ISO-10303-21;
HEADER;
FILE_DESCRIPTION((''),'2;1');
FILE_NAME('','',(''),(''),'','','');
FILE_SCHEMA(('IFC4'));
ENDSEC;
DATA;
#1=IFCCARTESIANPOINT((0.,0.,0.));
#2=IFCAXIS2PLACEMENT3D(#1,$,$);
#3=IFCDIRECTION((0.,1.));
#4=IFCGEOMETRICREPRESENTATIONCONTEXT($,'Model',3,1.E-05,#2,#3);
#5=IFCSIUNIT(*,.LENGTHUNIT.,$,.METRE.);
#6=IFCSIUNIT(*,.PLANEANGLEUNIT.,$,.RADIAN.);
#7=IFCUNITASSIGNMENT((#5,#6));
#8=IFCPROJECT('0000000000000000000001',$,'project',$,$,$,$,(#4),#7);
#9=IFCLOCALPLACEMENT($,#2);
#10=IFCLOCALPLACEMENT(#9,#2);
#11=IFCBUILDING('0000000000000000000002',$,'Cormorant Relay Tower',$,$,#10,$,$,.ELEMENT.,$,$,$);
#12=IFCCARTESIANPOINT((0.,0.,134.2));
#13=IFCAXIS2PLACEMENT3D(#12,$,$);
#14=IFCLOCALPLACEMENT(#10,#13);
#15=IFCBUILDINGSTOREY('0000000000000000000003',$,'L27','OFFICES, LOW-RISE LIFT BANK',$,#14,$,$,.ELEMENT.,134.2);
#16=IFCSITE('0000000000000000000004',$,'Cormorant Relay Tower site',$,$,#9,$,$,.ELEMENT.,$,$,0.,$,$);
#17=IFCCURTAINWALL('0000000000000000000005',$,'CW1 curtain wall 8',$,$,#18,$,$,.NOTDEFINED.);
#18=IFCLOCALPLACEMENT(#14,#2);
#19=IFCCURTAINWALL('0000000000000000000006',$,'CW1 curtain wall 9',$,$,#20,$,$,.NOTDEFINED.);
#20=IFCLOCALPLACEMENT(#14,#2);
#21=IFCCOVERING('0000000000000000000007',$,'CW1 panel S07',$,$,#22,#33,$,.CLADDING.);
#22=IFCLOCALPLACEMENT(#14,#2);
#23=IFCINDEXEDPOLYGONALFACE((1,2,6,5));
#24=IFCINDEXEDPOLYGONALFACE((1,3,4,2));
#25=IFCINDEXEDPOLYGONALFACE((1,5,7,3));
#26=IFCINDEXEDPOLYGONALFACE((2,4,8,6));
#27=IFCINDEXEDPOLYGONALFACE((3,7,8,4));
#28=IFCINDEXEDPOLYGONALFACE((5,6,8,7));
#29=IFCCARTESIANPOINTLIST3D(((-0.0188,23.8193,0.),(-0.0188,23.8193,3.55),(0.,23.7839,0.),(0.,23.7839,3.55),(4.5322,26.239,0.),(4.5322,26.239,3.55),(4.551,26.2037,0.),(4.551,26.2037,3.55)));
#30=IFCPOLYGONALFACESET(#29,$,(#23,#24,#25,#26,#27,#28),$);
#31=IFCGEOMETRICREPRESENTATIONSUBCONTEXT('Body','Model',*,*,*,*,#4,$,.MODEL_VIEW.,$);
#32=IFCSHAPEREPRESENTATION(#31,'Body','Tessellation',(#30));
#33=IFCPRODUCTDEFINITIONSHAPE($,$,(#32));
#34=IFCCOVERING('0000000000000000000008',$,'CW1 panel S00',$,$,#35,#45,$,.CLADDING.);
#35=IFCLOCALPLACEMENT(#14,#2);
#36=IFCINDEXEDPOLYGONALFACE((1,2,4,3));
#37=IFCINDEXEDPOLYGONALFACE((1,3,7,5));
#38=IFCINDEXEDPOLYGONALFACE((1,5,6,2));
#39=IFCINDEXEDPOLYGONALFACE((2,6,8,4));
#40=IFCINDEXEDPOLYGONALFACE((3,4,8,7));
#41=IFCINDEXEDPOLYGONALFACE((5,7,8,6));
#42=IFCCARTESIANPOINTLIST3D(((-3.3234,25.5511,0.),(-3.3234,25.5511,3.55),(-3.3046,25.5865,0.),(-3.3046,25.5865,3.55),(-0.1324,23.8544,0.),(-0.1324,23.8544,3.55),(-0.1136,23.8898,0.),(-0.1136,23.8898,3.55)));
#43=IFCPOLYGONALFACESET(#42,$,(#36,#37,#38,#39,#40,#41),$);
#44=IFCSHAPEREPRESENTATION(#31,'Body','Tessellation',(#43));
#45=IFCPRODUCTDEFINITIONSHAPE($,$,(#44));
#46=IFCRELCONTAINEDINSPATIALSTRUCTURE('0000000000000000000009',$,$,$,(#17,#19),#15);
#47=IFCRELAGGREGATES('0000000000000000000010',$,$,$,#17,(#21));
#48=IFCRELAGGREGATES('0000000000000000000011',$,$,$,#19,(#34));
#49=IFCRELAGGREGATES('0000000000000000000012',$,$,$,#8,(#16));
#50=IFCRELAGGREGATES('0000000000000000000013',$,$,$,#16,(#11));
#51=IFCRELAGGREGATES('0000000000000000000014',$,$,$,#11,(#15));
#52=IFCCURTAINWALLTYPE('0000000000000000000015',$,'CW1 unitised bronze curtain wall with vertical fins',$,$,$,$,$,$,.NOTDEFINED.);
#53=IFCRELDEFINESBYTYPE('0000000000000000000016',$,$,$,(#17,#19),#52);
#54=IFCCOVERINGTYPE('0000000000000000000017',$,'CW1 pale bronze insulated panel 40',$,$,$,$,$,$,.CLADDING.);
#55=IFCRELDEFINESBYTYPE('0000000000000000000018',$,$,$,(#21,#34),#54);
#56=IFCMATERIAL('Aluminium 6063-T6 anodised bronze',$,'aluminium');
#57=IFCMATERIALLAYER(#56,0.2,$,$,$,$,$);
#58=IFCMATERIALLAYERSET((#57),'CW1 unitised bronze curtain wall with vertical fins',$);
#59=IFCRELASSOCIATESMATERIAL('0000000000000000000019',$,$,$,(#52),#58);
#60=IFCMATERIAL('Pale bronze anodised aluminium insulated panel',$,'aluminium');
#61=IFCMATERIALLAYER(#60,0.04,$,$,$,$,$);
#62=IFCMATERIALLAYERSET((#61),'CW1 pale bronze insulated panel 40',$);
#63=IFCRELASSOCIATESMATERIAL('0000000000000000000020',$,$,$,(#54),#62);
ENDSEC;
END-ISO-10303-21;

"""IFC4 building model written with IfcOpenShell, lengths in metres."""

from ifc_helpers import new_model, si_unit, direction, frame, origin, origin_2d, place, context, subcontext, project, spatial, rectangle, extrude, material, layer, layer_set, type_object, element, aggregate, save


model = new_model("IFC4")

# Units and contexts
model_context = context("Model", 3, precision=1e-05, world=origin(), true_north=direction((0.0, 1.0)))
body_context = subcontext(model_context, "Body", "Model", "MODEL_VIEW")
ifc_project = project(units=[si_unit("LENGTHUNIT", "METRE"), si_unit("PLANEANGLEUNIT", "RADIAN")], contexts=[model_context])

# Site, building, storey
site_placement = place(None, origin())
site = spatial("IfcSite", under=ifc_project, at=site_placement, Name="Cormorant Relay Tower site", CompositionType="ELEMENT", RefElevation=0.0)
building_placement = place(site_placement, origin())
building = spatial("IfcBuilding", under=site, at=building_placement, Name="Cormorant Relay Tower", CompositionType="ELEMENT")
storey_placement = place(building_placement, frame((0.0, 0.0, 134.2)))
storey = spatial("IfcBuildingStorey", under=building, at=storey_placement, Name="L27", Description="OFFICES, LOW-RISE LIFT BANK", CompositionType="ELEMENT", Elevation=134.2)

# Curtain walls
ifc_material_1 = material(Name="Aluminium 6063-T6 anodised bronze", Category="aluminium")
ifc_layer_1 = layer(ifc_material_1, 0.2)
ifc_layer_set_1 = layer_set([ifc_layer_1], Name="CW1 unitised bronze curtain wall with vertical fins")
curtain_wall_type = type_object("IfcCurtainWallType", Name="CW1 unitised bronze curtain wall with vertical fins", PredefinedType="NOTDEFINED", material=ifc_layer_set_1)
curtain_wall_1_placement = place(storey_placement, origin())
curtain_wall_1 = element("IfcCurtainWall", 1, at=curtain_wall_1_placement, inside=storey, type_object=curtain_wall_type, Name="CW1 curtain wall 8", PredefinedType="NOTDEFINED")
curtain_wall_2_placement = place(storey_placement, origin())
curtain_wall_2 = element("IfcCurtainWall", 2, at=curtain_wall_2_placement, inside=storey, type_object=curtain_wall_type, Name="CW1 curtain wall 9", PredefinedType="NOTDEFINED")

# Coverings
ifc_material_2 = material(Name="Pale bronze anodised aluminium insulated panel", Category="aluminium")
ifc_layer_2 = layer(ifc_material_2, 0.04)
ifc_layer_set_2 = layer_set([ifc_layer_2], Name="CW1 pale bronze insulated panel 40")
covering_type = type_object("IfcCoveringType", Name="CW1 pale bronze insulated panel 40", PredefinedType="CLADDING", material=ifc_layer_set_2)
covering_1_placement = place(storey_placement, frame((2.2661, 25.0115, 0.0), z_axis=(0.0, 0.0, 1.0), x_axis=(-0.882948, -0.469472, 0.0)))
covering_1 = element("IfcCovering", 3, at=covering_1_placement, type_object=covering_type, Name="CW1 panel S07", PredefinedType="CLADDING", context=body_context, shape_type="SweptSolid", body=[
    extrude(rectangle(XDim=5.1543, YDim=0.04, at=origin_2d()), origin(), (0.0, 0.0, 1.0), 3.55),
])
aggregate(curtain_wall_1, [covering_1])
covering_2_placement = place(storey_placement, frame((-1.7185, 24.7205, 0.0), z_axis=(0.0, 0.0, 1.0), x_axis=(-0.882948, 0.469472, 0.0)))
covering_2 = element("IfcCovering", 4, at=covering_2_placement, type_object=covering_type, Name="CW1 panel S00", PredefinedType="CLADDING", context=body_context, shape_type="SweptSolid", body=[
    extrude(rectangle(XDim=3.614, YDim=0.04, at=origin_2d()), origin(), (0.0, 0.0, 1.0), 3.55),
])
aggregate(curtain_wall_2, [covering_2])

save(model, "model.ifc")
